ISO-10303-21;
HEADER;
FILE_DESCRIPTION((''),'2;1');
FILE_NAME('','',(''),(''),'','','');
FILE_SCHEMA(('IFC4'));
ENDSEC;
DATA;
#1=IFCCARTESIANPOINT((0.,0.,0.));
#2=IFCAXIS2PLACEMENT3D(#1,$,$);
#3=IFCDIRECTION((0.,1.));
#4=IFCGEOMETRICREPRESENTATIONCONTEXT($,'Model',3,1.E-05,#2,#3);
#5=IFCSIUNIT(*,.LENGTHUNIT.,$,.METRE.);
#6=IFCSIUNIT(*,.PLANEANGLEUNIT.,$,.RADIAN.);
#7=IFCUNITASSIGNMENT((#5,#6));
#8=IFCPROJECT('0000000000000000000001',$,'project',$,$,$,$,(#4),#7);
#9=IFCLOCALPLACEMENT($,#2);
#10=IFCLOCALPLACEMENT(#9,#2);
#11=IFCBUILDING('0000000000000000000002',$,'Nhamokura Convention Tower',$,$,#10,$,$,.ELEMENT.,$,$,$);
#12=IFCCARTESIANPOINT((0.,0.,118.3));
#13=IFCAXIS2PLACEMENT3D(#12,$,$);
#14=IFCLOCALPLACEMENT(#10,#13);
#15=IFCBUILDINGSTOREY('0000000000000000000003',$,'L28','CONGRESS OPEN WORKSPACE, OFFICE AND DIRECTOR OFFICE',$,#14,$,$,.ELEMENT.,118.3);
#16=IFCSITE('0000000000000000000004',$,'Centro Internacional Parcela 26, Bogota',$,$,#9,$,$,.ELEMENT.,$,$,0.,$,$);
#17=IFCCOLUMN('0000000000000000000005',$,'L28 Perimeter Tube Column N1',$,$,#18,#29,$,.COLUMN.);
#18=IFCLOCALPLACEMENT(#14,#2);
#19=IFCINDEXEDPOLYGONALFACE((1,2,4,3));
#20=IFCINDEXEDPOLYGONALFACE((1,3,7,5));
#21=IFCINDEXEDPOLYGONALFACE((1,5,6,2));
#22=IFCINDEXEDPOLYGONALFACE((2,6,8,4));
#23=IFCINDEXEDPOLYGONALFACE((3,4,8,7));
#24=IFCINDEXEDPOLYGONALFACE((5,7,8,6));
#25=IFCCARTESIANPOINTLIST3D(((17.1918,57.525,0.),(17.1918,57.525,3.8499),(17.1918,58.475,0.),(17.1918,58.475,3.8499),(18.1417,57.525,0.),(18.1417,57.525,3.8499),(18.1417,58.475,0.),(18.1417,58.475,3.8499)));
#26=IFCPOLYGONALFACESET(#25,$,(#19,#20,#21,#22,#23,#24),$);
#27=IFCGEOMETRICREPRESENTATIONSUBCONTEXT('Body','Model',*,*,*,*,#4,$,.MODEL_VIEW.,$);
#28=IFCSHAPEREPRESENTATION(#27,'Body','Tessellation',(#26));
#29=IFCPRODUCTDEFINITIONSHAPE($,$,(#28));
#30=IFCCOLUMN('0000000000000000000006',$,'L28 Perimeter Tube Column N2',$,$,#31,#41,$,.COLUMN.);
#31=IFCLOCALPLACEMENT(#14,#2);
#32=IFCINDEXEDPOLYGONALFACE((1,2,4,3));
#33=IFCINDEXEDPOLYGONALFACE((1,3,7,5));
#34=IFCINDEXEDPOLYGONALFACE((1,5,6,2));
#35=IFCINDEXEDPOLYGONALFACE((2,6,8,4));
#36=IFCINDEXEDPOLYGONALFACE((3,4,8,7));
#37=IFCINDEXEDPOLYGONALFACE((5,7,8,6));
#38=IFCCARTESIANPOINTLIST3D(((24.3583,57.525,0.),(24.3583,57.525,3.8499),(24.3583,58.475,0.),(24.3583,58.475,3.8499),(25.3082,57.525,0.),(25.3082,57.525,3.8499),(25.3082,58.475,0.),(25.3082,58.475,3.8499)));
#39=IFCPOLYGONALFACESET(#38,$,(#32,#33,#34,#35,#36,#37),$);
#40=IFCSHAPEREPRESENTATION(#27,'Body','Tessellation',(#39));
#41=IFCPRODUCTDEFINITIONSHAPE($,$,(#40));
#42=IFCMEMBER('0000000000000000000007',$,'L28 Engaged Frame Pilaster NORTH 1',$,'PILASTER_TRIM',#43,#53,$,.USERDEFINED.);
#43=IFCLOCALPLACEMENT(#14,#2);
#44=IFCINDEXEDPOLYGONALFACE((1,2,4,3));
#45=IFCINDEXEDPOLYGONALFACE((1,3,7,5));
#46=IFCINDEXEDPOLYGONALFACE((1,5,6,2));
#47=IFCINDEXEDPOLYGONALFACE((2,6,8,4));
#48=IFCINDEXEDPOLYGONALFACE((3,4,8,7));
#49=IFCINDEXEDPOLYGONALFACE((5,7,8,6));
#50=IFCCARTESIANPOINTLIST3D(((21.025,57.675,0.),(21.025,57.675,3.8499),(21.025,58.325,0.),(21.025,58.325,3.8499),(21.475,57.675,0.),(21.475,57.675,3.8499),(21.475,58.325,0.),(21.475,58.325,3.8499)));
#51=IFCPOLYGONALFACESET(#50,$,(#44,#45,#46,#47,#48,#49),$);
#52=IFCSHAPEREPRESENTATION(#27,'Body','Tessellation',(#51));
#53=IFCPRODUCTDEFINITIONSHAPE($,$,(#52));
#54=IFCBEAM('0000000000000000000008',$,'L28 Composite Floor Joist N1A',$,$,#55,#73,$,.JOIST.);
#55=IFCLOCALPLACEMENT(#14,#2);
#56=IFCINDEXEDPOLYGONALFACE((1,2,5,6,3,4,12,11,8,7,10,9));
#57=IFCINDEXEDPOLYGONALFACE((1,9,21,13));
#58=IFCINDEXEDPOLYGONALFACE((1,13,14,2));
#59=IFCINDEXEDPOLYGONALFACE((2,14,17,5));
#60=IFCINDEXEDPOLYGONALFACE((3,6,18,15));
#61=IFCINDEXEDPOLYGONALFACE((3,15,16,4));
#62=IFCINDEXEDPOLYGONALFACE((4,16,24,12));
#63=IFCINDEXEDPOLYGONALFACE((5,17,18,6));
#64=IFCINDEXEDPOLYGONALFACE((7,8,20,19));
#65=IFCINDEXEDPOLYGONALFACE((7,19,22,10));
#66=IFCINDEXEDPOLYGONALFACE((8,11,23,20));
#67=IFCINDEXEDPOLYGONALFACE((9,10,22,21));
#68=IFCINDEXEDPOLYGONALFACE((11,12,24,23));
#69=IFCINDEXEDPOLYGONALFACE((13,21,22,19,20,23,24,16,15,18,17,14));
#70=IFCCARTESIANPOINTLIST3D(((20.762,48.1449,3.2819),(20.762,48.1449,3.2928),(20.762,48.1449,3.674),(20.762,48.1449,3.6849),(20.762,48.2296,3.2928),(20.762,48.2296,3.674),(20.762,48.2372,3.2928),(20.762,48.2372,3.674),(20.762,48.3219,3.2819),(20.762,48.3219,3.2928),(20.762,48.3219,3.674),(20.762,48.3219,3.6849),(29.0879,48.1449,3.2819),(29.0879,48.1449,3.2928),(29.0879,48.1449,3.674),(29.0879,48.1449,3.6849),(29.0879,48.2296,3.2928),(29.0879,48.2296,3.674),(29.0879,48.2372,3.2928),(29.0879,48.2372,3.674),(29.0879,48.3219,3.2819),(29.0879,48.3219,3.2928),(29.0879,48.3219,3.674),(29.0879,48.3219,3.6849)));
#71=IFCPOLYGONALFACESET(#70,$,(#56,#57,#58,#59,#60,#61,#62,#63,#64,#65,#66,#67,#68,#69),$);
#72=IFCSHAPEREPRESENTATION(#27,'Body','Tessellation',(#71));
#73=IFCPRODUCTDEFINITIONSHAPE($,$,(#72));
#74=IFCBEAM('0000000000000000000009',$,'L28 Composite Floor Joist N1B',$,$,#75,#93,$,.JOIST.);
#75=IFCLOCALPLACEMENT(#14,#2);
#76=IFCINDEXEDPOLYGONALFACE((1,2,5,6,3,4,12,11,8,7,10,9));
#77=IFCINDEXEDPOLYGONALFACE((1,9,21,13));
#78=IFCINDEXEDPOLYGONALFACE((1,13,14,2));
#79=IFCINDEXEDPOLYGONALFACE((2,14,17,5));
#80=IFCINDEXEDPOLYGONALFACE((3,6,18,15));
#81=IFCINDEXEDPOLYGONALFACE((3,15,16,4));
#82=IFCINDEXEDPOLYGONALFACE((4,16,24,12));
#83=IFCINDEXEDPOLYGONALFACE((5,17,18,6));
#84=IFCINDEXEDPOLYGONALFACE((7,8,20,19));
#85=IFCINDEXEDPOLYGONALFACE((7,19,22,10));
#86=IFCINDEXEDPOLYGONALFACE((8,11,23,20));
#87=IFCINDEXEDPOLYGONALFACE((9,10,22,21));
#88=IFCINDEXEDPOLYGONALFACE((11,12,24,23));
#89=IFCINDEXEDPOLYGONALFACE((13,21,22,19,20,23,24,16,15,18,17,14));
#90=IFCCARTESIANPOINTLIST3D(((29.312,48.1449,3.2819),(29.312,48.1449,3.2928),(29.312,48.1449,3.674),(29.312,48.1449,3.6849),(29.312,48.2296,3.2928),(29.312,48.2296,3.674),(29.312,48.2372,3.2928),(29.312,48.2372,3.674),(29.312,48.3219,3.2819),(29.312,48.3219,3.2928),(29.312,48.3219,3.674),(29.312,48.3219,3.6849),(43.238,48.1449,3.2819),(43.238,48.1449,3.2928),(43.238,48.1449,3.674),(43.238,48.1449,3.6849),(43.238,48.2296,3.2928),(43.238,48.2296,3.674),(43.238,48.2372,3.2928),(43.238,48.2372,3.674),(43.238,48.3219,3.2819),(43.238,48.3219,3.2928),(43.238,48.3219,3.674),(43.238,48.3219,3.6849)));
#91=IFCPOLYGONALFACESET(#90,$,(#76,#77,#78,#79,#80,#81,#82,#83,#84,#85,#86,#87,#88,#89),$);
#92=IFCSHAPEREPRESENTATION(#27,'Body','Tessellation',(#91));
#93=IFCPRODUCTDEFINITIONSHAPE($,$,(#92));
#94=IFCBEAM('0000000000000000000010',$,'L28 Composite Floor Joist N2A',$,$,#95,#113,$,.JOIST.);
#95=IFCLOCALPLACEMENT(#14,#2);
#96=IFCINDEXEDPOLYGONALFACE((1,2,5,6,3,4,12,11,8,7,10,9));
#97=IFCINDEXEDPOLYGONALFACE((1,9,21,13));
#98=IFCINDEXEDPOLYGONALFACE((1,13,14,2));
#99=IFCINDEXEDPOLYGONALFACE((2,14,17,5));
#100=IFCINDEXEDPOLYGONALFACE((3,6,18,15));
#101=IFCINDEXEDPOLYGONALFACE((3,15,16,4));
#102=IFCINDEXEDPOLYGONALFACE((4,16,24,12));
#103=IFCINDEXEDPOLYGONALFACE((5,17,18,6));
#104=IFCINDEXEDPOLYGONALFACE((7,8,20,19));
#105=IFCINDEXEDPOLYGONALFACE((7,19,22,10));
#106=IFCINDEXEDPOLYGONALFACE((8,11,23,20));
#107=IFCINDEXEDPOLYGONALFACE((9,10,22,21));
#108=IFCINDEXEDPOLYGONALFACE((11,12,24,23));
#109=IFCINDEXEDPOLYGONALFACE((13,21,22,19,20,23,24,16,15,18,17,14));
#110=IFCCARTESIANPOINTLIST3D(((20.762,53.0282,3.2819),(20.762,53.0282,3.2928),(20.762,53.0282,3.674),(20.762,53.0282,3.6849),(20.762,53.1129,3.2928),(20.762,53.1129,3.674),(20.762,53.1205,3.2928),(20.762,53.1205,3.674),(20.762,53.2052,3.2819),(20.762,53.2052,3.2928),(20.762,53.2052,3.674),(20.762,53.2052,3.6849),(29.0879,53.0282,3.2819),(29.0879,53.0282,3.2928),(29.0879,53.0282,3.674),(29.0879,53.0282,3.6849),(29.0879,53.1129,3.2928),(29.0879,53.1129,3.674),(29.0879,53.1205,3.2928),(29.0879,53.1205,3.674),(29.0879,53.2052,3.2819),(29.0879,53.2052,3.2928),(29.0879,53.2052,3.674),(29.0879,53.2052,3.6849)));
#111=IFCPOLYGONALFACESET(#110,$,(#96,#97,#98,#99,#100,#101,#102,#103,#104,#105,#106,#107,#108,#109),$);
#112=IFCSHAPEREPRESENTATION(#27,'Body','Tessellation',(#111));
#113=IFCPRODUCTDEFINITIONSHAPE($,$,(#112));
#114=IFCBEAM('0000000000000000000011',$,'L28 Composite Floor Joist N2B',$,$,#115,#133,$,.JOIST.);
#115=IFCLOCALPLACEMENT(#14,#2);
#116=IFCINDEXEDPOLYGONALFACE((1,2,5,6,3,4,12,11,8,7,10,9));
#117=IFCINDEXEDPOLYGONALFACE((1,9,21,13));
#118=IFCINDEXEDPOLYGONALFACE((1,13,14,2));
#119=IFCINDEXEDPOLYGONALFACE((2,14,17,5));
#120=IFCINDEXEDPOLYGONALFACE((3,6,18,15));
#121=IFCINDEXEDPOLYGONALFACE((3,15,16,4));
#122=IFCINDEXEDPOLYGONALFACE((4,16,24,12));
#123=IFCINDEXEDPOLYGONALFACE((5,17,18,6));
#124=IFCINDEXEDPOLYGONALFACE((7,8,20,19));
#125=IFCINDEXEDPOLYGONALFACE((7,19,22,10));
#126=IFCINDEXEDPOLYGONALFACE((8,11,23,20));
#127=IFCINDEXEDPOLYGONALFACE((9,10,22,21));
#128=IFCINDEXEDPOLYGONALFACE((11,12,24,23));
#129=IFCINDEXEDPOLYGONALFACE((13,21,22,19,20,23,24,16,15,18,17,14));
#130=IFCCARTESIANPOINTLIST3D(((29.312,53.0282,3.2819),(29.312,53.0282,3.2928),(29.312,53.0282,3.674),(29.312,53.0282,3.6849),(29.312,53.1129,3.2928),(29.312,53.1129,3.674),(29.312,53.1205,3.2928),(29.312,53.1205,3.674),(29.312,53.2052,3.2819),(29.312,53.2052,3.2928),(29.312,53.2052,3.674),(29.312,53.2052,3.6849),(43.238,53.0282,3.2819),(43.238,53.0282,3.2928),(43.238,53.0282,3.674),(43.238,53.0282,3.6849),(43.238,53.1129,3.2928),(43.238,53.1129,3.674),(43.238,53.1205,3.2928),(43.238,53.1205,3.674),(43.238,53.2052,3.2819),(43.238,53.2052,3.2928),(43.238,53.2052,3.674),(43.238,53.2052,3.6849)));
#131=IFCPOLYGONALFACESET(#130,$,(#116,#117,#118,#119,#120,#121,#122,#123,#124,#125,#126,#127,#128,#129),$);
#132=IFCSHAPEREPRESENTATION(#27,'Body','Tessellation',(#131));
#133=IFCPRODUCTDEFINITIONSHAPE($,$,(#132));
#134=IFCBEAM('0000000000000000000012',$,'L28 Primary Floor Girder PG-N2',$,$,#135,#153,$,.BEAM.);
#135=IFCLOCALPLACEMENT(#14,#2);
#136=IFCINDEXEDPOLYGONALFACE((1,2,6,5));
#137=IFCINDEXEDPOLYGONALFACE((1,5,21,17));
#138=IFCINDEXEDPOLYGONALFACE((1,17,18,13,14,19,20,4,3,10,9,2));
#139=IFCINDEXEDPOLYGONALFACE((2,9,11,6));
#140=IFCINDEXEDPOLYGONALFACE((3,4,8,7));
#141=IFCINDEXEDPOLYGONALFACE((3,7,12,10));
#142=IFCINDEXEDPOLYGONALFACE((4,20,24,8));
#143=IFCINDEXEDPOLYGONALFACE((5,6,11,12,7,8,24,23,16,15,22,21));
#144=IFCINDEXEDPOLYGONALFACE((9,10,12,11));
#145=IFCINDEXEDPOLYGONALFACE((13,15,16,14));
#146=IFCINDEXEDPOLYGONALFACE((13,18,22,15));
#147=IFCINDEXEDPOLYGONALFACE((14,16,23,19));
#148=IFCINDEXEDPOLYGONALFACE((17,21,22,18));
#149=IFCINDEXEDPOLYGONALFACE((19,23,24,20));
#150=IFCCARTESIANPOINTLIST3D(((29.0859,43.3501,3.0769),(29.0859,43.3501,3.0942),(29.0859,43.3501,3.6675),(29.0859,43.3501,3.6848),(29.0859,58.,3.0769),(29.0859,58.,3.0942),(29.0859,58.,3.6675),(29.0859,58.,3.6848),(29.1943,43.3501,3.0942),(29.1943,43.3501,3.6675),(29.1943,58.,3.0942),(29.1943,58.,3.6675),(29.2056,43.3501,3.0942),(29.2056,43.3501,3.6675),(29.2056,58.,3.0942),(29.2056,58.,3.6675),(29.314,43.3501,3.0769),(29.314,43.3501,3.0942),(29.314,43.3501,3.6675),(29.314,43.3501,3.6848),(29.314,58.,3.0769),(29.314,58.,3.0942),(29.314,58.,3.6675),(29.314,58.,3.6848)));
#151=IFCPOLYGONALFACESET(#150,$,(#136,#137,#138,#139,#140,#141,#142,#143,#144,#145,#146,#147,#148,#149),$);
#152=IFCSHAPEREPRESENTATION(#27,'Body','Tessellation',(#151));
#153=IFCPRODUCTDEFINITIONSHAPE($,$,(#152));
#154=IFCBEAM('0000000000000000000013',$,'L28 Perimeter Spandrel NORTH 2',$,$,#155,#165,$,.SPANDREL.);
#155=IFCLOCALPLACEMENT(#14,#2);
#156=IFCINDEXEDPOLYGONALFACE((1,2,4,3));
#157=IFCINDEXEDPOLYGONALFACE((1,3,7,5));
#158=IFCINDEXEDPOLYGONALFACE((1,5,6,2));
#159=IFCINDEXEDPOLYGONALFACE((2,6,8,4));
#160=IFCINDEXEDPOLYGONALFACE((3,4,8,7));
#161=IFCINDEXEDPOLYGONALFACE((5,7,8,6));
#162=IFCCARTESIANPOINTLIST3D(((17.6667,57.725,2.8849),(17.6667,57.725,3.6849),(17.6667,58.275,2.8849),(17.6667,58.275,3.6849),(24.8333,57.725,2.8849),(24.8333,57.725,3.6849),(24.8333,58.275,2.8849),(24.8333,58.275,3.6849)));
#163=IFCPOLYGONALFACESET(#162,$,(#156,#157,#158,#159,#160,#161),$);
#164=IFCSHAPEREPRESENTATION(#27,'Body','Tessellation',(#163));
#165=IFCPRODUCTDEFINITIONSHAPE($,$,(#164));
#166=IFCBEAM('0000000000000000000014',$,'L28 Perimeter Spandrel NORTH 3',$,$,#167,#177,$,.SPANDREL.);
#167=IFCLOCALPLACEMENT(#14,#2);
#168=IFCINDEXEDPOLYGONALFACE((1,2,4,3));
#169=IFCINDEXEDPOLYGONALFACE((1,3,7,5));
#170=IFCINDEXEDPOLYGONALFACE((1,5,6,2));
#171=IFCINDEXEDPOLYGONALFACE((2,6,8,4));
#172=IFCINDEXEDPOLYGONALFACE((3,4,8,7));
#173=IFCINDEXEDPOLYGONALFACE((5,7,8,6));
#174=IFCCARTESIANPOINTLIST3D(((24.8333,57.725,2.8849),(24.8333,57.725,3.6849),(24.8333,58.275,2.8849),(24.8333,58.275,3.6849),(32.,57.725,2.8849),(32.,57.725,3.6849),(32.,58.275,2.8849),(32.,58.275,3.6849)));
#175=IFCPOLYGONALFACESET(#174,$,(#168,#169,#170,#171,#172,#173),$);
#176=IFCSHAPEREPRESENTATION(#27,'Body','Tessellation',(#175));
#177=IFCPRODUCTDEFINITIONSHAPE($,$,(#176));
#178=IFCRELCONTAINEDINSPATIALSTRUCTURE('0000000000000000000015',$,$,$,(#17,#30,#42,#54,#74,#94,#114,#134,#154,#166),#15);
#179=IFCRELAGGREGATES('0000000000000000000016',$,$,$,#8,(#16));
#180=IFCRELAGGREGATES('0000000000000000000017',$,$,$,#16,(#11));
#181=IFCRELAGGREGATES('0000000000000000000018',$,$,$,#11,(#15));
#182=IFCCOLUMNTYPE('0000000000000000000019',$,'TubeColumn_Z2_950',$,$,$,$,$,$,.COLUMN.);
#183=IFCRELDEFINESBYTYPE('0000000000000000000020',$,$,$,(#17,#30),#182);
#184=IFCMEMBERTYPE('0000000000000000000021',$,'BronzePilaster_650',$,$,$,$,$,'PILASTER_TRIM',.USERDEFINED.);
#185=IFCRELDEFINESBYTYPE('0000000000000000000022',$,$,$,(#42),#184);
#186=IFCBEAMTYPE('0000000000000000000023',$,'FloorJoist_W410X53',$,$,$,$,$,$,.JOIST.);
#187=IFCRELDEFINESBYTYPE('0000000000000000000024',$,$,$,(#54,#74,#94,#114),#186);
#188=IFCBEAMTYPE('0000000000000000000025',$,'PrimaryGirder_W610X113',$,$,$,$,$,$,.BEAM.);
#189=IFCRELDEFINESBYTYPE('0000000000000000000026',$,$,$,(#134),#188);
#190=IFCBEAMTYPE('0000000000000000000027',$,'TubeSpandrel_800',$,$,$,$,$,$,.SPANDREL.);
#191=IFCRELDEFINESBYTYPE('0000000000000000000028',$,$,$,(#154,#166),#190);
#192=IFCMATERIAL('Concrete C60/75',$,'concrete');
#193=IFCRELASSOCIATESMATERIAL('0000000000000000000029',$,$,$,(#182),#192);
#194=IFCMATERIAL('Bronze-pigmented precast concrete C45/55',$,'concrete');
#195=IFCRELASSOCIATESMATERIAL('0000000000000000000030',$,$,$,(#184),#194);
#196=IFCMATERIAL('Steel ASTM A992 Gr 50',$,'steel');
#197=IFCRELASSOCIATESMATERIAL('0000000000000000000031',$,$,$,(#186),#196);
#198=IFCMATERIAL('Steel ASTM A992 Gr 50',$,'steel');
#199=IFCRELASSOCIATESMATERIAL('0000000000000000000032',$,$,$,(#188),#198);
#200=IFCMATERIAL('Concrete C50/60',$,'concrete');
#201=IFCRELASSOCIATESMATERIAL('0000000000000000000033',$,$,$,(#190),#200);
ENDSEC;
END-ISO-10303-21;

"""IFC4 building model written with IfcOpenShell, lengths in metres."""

from ifc_helpers import new_model, si_unit, direction, frame, origin, origin_2d, place, context, subcontext, project, spatial, rectangle, i_section, extrude, material, material_profile, profile_set, type_object, element, save


model = new_model("IFC4")

# Units and contexts
model_context = context("Model", 3, precision=1e-05, world=origin(), true_north=direction((0.0, 1.0)))
body_context = subcontext(model_context, "Body", "Model", "MODEL_VIEW")
ifc_project = project(units=[si_unit("LENGTHUNIT", "METRE"), si_unit("PLANEANGLEUNIT", "RADIAN")], contexts=[model_context])

# Site, building, storey
site_placement = place(None, origin())
site = spatial("IfcSite", under=ifc_project, at=site_placement, Name="Centro Internacional Parcela 26, Bogota", CompositionType="ELEMENT", RefElevation=0.0)
building_placement = place(site_placement, origin())
building = spatial("IfcBuilding", under=site, at=building_placement, Name="Nhamokura Convention Tower", CompositionType="ELEMENT")
storey_placement = place(building_placement, frame((0.0, 0.0, 118.3)))
storey = spatial("IfcBuildingStorey", under=building, at=storey_placement, Name="L28", Description="CONGRESS OPEN WORKSPACE, OFFICE AND DIRECTOR OFFICE", CompositionType="ELEMENT", Elevation=118.3)

# Columns
ifc_material_1 = material(Name="Concrete C60/75", Category="concrete")
ifc_material_profile_1 = material_profile(ifc_material_1, rectangle(XDim=0.95, YDim=0.95, at=origin_2d()))
ifc_profile_set_1 = profile_set([ifc_material_profile_1], Name="Concrete C60/75")
column_type = type_object("IfcColumnType", Name="TubeColumn_Z2_950", PredefinedType="COLUMN", material=ifc_profile_set_1)
for number, where, z_axis, x_axis, name in (
    (1, (17.6667, 58.0, 0.0), (0.0, 0.0, 1.0), (1.0, 0.0, 0.0), "L28 Perimeter Tube Column N1"),
    (2, (24.8333, 58.0, 0.0), (0.0, 0.0, 1.0), (1.0, 0.0, 0.0), "L28 Perimeter Tube Column N2"),
):
    element("IfcColumn", number, at=place(storey_placement, frame(where, z_axis=z_axis, x_axis=x_axis)), inside=storey, type_object=column_type, Name=name, PredefinedType="COLUMN", context=body_context, shape_type="SweptSolid", body=[
        extrude(rectangle(XDim=0.95, YDim=0.95, at=origin_2d()), origin(), (0.0, 0.0, 1.0), 3.8499),
    ])

# Member
ifc_material_2 = material(Name="Bronze-pigmented precast concrete C45/55", Category="concrete")
ifc_material_profile_2 = material_profile(ifc_material_2, rectangle(XDim=0.45, YDim=0.6499, at=origin_2d()))
ifc_profile_set_2 = profile_set([ifc_material_profile_2], Name="Bronze-pigmented precast concrete C45/55")
member_type = type_object("IfcMemberType", Name="BronzePilaster_650", ElementType="PILASTER_TRIM", PredefinedType="USERDEFINED", material=ifc_profile_set_2)
member_placement = place(storey_placement, frame((21.25, 58.0, 0.0), z_axis=(0.0, 0.0, 1.0), x_axis=(1.0, 0.0, 0.0)))
element("IfcMember", 3, at=member_placement, inside=storey, type_object=member_type, Name="L28 Engaged Frame Pilaster NORTH 1", ObjectType="PILASTER_TRIM", PredefinedType="USERDEFINED", context=body_context, shape_type="SweptSolid", body=[
    extrude(rectangle(XDim=0.45, YDim=0.6499, at=origin_2d()), origin(), (0.0, 0.0, 1.0), 3.8499),
])

# Beams
ifc_material_3 = material(Name="Steel ASTM A992 Gr 50", Category="steel")
ifc_material_profile_3 = material_profile(ifc_material_3, i_section(OverallWidth=0.177, OverallDepth=0.4031, WebThickness=0.0076, FlangeThickness=0.011, at=origin_2d()))
ifc_profile_set_3 = profile_set([ifc_material_profile_3], Name="Steel ASTM A992 Gr 50")
beam_type_1 = type_object("IfcBeamType", Name="FloorJoist_W410X53", PredefinedType="JOIST", material=ifc_profile_set_3)
beam_1_placement = place(storey_placement, frame((20.762, 48.2334, 3.4834), z_axis=(1.0, 0.0, 0.0), x_axis=(0.0, 1.0, 0.0)))
element("IfcBeam", 4, at=beam_1_placement, inside=storey, type_object=beam_type_1, Name="L28 Composite Floor Joist N1A", PredefinedType="JOIST", context=body_context, shape_type="SweptSolid", body=[
    extrude(i_section(OverallWidth=0.177, OverallDepth=0.4031, WebThickness=0.0076, FlangeThickness=0.011, at=origin_2d()), origin(), (0.0, 0.0, 1.0), 8.3259),
])
beam_2_placement = place(storey_placement, frame((29.312, 48.2334, 3.4834), z_axis=(1.0, 0.0, 0.0), x_axis=(0.0, 1.0, 0.0)))
element("IfcBeam", 5, at=beam_2_placement, inside=storey, type_object=beam_type_1, Name="L28 Composite Floor Joist N1B", PredefinedType="JOIST", context=body_context, shape_type="SweptSolid", body=[
    extrude(i_section(OverallWidth=0.177, OverallDepth=0.4031, WebThickness=0.0076, FlangeThickness=0.011, at=origin_2d()), origin(), (0.0, 0.0, 1.0), 13.926),
])
beam_3_placement = place(storey_placement, frame((20.762, 53.1167, 3.4834), z_axis=(1.0, 0.0, 0.0), x_axis=(0.0, 1.0, 0.0)))
element("IfcBeam", 6, at=beam_3_placement, inside=storey, type_object=beam_type_1, Name="L28 Composite Floor Joist N2A", PredefinedType="JOIST", context=body_context, shape_type="SweptSolid", body=[
    extrude(i_section(OverallWidth=0.177, OverallDepth=0.4031, WebThickness=0.0076, FlangeThickness=0.011, at=origin_2d()), origin(), (0.0, 0.0, 1.0), 8.3259),
])
beam_4_placement = place(storey_placement, frame((29.312, 53.1167, 3.4834), z_axis=(1.0, 0.0, 0.0), x_axis=(0.0, 1.0, 0.0)))
element("IfcBeam", 7, at=beam_4_placement, inside=storey, type_object=beam_type_1, Name="L28 Composite Floor Joist N2B", PredefinedType="JOIST", context=body_context, shape_type="SweptSolid", body=[
    extrude(i_section(OverallWidth=0.177, OverallDepth=0.4031, WebThickness=0.0076, FlangeThickness=0.011, at=origin_2d()), origin(), (0.0, 0.0, 1.0), 13.926),
])
ifc_material_4 = material(Name="Steel ASTM A992 Gr 50", Category="steel")
ifc_material_profile_4 = material_profile(ifc_material_4, i_section(OverallWidth=0.228, OverallDepth=0.6079, WebThickness=0.0112, FlangeThickness=0.0173, at=origin_2d()))
ifc_profile_set_4 = profile_set([ifc_material_profile_4], Name="Steel ASTM A992 Gr 50")
beam_type_2 = type_object("IfcBeamType", Name="PrimaryGirder_W610X113", PredefinedType="BEAM", material=ifc_profile_set_4)
beam_5_placement = place(storey_placement, frame((29.2, 43.3501, 3.3809), z_axis=(0.0, 1.0, 0.0), x_axis=(-1.0, 0.0, 0.0)))
element("IfcBeam", 8, at=beam_5_placement, inside=storey, type_object=beam_type_2, Name="L28 Primary Floor Girder PG-N2", PredefinedType="BEAM", context=body_context, shape_type="SweptSolid", body=[
    extrude(i_section(OverallWidth=0.228, OverallDepth=0.6079, WebThickness=0.0112, FlangeThickness=0.0173, at=origin_2d()), origin(), (0.0, 0.0, 1.0), 14.6499),
])
ifc_material_5 = material(Name="Concrete C50/60", Category="concrete")
ifc_material_profile_5 = material_profile(ifc_material_5, rectangle(XDim=0.55, YDim=0.8, at=origin_2d()))
ifc_profile_set_5 = profile_set([ifc_material_profile_5], Name="Concrete C50/60")
beam_type_3 = type_object("IfcBeamType", Name="TubeSpandrel_800", PredefinedType="SPANDREL", material=ifc_profile_set_5)
beam_6_placement = place(storey_placement, frame((17.6667, 58.0, 3.2849), z_axis=(1.0, 0.0, 0.0), x_axis=(0.0, 1.0, 0.0)))
element("IfcBeam", 9, at=beam_6_placement, inside=storey, type_object=beam_type_3, Name="L28 Perimeter Spandrel NORTH 2", PredefinedType="SPANDREL", context=body_context, shape_type="SweptSolid", body=[
    extrude(rectangle(XDim=0.55, YDim=0.8, at=origin_2d()), origin(), (0.0, 0.0, 1.0), 7.1665),
])
beam_7_placement = place(storey_placement, frame((24.8333, 58.0, 3.2849), z_axis=(1.0, 0.0, 0.0), x_axis=(0.0, 1.0, 0.0)))
element("IfcBeam", 10, at=beam_7_placement, inside=storey, type_object=beam_type_3, Name="L28 Perimeter Spandrel NORTH 3", PredefinedType="SPANDREL", context=body_context, shape_type="SweptSolid", body=[
    extrude(rectangle(XDim=0.55, YDim=0.8, at=origin_2d()), origin(), (0.0, 0.0, 1.0), 7.1667),
])

save(model, "model.ifc")
